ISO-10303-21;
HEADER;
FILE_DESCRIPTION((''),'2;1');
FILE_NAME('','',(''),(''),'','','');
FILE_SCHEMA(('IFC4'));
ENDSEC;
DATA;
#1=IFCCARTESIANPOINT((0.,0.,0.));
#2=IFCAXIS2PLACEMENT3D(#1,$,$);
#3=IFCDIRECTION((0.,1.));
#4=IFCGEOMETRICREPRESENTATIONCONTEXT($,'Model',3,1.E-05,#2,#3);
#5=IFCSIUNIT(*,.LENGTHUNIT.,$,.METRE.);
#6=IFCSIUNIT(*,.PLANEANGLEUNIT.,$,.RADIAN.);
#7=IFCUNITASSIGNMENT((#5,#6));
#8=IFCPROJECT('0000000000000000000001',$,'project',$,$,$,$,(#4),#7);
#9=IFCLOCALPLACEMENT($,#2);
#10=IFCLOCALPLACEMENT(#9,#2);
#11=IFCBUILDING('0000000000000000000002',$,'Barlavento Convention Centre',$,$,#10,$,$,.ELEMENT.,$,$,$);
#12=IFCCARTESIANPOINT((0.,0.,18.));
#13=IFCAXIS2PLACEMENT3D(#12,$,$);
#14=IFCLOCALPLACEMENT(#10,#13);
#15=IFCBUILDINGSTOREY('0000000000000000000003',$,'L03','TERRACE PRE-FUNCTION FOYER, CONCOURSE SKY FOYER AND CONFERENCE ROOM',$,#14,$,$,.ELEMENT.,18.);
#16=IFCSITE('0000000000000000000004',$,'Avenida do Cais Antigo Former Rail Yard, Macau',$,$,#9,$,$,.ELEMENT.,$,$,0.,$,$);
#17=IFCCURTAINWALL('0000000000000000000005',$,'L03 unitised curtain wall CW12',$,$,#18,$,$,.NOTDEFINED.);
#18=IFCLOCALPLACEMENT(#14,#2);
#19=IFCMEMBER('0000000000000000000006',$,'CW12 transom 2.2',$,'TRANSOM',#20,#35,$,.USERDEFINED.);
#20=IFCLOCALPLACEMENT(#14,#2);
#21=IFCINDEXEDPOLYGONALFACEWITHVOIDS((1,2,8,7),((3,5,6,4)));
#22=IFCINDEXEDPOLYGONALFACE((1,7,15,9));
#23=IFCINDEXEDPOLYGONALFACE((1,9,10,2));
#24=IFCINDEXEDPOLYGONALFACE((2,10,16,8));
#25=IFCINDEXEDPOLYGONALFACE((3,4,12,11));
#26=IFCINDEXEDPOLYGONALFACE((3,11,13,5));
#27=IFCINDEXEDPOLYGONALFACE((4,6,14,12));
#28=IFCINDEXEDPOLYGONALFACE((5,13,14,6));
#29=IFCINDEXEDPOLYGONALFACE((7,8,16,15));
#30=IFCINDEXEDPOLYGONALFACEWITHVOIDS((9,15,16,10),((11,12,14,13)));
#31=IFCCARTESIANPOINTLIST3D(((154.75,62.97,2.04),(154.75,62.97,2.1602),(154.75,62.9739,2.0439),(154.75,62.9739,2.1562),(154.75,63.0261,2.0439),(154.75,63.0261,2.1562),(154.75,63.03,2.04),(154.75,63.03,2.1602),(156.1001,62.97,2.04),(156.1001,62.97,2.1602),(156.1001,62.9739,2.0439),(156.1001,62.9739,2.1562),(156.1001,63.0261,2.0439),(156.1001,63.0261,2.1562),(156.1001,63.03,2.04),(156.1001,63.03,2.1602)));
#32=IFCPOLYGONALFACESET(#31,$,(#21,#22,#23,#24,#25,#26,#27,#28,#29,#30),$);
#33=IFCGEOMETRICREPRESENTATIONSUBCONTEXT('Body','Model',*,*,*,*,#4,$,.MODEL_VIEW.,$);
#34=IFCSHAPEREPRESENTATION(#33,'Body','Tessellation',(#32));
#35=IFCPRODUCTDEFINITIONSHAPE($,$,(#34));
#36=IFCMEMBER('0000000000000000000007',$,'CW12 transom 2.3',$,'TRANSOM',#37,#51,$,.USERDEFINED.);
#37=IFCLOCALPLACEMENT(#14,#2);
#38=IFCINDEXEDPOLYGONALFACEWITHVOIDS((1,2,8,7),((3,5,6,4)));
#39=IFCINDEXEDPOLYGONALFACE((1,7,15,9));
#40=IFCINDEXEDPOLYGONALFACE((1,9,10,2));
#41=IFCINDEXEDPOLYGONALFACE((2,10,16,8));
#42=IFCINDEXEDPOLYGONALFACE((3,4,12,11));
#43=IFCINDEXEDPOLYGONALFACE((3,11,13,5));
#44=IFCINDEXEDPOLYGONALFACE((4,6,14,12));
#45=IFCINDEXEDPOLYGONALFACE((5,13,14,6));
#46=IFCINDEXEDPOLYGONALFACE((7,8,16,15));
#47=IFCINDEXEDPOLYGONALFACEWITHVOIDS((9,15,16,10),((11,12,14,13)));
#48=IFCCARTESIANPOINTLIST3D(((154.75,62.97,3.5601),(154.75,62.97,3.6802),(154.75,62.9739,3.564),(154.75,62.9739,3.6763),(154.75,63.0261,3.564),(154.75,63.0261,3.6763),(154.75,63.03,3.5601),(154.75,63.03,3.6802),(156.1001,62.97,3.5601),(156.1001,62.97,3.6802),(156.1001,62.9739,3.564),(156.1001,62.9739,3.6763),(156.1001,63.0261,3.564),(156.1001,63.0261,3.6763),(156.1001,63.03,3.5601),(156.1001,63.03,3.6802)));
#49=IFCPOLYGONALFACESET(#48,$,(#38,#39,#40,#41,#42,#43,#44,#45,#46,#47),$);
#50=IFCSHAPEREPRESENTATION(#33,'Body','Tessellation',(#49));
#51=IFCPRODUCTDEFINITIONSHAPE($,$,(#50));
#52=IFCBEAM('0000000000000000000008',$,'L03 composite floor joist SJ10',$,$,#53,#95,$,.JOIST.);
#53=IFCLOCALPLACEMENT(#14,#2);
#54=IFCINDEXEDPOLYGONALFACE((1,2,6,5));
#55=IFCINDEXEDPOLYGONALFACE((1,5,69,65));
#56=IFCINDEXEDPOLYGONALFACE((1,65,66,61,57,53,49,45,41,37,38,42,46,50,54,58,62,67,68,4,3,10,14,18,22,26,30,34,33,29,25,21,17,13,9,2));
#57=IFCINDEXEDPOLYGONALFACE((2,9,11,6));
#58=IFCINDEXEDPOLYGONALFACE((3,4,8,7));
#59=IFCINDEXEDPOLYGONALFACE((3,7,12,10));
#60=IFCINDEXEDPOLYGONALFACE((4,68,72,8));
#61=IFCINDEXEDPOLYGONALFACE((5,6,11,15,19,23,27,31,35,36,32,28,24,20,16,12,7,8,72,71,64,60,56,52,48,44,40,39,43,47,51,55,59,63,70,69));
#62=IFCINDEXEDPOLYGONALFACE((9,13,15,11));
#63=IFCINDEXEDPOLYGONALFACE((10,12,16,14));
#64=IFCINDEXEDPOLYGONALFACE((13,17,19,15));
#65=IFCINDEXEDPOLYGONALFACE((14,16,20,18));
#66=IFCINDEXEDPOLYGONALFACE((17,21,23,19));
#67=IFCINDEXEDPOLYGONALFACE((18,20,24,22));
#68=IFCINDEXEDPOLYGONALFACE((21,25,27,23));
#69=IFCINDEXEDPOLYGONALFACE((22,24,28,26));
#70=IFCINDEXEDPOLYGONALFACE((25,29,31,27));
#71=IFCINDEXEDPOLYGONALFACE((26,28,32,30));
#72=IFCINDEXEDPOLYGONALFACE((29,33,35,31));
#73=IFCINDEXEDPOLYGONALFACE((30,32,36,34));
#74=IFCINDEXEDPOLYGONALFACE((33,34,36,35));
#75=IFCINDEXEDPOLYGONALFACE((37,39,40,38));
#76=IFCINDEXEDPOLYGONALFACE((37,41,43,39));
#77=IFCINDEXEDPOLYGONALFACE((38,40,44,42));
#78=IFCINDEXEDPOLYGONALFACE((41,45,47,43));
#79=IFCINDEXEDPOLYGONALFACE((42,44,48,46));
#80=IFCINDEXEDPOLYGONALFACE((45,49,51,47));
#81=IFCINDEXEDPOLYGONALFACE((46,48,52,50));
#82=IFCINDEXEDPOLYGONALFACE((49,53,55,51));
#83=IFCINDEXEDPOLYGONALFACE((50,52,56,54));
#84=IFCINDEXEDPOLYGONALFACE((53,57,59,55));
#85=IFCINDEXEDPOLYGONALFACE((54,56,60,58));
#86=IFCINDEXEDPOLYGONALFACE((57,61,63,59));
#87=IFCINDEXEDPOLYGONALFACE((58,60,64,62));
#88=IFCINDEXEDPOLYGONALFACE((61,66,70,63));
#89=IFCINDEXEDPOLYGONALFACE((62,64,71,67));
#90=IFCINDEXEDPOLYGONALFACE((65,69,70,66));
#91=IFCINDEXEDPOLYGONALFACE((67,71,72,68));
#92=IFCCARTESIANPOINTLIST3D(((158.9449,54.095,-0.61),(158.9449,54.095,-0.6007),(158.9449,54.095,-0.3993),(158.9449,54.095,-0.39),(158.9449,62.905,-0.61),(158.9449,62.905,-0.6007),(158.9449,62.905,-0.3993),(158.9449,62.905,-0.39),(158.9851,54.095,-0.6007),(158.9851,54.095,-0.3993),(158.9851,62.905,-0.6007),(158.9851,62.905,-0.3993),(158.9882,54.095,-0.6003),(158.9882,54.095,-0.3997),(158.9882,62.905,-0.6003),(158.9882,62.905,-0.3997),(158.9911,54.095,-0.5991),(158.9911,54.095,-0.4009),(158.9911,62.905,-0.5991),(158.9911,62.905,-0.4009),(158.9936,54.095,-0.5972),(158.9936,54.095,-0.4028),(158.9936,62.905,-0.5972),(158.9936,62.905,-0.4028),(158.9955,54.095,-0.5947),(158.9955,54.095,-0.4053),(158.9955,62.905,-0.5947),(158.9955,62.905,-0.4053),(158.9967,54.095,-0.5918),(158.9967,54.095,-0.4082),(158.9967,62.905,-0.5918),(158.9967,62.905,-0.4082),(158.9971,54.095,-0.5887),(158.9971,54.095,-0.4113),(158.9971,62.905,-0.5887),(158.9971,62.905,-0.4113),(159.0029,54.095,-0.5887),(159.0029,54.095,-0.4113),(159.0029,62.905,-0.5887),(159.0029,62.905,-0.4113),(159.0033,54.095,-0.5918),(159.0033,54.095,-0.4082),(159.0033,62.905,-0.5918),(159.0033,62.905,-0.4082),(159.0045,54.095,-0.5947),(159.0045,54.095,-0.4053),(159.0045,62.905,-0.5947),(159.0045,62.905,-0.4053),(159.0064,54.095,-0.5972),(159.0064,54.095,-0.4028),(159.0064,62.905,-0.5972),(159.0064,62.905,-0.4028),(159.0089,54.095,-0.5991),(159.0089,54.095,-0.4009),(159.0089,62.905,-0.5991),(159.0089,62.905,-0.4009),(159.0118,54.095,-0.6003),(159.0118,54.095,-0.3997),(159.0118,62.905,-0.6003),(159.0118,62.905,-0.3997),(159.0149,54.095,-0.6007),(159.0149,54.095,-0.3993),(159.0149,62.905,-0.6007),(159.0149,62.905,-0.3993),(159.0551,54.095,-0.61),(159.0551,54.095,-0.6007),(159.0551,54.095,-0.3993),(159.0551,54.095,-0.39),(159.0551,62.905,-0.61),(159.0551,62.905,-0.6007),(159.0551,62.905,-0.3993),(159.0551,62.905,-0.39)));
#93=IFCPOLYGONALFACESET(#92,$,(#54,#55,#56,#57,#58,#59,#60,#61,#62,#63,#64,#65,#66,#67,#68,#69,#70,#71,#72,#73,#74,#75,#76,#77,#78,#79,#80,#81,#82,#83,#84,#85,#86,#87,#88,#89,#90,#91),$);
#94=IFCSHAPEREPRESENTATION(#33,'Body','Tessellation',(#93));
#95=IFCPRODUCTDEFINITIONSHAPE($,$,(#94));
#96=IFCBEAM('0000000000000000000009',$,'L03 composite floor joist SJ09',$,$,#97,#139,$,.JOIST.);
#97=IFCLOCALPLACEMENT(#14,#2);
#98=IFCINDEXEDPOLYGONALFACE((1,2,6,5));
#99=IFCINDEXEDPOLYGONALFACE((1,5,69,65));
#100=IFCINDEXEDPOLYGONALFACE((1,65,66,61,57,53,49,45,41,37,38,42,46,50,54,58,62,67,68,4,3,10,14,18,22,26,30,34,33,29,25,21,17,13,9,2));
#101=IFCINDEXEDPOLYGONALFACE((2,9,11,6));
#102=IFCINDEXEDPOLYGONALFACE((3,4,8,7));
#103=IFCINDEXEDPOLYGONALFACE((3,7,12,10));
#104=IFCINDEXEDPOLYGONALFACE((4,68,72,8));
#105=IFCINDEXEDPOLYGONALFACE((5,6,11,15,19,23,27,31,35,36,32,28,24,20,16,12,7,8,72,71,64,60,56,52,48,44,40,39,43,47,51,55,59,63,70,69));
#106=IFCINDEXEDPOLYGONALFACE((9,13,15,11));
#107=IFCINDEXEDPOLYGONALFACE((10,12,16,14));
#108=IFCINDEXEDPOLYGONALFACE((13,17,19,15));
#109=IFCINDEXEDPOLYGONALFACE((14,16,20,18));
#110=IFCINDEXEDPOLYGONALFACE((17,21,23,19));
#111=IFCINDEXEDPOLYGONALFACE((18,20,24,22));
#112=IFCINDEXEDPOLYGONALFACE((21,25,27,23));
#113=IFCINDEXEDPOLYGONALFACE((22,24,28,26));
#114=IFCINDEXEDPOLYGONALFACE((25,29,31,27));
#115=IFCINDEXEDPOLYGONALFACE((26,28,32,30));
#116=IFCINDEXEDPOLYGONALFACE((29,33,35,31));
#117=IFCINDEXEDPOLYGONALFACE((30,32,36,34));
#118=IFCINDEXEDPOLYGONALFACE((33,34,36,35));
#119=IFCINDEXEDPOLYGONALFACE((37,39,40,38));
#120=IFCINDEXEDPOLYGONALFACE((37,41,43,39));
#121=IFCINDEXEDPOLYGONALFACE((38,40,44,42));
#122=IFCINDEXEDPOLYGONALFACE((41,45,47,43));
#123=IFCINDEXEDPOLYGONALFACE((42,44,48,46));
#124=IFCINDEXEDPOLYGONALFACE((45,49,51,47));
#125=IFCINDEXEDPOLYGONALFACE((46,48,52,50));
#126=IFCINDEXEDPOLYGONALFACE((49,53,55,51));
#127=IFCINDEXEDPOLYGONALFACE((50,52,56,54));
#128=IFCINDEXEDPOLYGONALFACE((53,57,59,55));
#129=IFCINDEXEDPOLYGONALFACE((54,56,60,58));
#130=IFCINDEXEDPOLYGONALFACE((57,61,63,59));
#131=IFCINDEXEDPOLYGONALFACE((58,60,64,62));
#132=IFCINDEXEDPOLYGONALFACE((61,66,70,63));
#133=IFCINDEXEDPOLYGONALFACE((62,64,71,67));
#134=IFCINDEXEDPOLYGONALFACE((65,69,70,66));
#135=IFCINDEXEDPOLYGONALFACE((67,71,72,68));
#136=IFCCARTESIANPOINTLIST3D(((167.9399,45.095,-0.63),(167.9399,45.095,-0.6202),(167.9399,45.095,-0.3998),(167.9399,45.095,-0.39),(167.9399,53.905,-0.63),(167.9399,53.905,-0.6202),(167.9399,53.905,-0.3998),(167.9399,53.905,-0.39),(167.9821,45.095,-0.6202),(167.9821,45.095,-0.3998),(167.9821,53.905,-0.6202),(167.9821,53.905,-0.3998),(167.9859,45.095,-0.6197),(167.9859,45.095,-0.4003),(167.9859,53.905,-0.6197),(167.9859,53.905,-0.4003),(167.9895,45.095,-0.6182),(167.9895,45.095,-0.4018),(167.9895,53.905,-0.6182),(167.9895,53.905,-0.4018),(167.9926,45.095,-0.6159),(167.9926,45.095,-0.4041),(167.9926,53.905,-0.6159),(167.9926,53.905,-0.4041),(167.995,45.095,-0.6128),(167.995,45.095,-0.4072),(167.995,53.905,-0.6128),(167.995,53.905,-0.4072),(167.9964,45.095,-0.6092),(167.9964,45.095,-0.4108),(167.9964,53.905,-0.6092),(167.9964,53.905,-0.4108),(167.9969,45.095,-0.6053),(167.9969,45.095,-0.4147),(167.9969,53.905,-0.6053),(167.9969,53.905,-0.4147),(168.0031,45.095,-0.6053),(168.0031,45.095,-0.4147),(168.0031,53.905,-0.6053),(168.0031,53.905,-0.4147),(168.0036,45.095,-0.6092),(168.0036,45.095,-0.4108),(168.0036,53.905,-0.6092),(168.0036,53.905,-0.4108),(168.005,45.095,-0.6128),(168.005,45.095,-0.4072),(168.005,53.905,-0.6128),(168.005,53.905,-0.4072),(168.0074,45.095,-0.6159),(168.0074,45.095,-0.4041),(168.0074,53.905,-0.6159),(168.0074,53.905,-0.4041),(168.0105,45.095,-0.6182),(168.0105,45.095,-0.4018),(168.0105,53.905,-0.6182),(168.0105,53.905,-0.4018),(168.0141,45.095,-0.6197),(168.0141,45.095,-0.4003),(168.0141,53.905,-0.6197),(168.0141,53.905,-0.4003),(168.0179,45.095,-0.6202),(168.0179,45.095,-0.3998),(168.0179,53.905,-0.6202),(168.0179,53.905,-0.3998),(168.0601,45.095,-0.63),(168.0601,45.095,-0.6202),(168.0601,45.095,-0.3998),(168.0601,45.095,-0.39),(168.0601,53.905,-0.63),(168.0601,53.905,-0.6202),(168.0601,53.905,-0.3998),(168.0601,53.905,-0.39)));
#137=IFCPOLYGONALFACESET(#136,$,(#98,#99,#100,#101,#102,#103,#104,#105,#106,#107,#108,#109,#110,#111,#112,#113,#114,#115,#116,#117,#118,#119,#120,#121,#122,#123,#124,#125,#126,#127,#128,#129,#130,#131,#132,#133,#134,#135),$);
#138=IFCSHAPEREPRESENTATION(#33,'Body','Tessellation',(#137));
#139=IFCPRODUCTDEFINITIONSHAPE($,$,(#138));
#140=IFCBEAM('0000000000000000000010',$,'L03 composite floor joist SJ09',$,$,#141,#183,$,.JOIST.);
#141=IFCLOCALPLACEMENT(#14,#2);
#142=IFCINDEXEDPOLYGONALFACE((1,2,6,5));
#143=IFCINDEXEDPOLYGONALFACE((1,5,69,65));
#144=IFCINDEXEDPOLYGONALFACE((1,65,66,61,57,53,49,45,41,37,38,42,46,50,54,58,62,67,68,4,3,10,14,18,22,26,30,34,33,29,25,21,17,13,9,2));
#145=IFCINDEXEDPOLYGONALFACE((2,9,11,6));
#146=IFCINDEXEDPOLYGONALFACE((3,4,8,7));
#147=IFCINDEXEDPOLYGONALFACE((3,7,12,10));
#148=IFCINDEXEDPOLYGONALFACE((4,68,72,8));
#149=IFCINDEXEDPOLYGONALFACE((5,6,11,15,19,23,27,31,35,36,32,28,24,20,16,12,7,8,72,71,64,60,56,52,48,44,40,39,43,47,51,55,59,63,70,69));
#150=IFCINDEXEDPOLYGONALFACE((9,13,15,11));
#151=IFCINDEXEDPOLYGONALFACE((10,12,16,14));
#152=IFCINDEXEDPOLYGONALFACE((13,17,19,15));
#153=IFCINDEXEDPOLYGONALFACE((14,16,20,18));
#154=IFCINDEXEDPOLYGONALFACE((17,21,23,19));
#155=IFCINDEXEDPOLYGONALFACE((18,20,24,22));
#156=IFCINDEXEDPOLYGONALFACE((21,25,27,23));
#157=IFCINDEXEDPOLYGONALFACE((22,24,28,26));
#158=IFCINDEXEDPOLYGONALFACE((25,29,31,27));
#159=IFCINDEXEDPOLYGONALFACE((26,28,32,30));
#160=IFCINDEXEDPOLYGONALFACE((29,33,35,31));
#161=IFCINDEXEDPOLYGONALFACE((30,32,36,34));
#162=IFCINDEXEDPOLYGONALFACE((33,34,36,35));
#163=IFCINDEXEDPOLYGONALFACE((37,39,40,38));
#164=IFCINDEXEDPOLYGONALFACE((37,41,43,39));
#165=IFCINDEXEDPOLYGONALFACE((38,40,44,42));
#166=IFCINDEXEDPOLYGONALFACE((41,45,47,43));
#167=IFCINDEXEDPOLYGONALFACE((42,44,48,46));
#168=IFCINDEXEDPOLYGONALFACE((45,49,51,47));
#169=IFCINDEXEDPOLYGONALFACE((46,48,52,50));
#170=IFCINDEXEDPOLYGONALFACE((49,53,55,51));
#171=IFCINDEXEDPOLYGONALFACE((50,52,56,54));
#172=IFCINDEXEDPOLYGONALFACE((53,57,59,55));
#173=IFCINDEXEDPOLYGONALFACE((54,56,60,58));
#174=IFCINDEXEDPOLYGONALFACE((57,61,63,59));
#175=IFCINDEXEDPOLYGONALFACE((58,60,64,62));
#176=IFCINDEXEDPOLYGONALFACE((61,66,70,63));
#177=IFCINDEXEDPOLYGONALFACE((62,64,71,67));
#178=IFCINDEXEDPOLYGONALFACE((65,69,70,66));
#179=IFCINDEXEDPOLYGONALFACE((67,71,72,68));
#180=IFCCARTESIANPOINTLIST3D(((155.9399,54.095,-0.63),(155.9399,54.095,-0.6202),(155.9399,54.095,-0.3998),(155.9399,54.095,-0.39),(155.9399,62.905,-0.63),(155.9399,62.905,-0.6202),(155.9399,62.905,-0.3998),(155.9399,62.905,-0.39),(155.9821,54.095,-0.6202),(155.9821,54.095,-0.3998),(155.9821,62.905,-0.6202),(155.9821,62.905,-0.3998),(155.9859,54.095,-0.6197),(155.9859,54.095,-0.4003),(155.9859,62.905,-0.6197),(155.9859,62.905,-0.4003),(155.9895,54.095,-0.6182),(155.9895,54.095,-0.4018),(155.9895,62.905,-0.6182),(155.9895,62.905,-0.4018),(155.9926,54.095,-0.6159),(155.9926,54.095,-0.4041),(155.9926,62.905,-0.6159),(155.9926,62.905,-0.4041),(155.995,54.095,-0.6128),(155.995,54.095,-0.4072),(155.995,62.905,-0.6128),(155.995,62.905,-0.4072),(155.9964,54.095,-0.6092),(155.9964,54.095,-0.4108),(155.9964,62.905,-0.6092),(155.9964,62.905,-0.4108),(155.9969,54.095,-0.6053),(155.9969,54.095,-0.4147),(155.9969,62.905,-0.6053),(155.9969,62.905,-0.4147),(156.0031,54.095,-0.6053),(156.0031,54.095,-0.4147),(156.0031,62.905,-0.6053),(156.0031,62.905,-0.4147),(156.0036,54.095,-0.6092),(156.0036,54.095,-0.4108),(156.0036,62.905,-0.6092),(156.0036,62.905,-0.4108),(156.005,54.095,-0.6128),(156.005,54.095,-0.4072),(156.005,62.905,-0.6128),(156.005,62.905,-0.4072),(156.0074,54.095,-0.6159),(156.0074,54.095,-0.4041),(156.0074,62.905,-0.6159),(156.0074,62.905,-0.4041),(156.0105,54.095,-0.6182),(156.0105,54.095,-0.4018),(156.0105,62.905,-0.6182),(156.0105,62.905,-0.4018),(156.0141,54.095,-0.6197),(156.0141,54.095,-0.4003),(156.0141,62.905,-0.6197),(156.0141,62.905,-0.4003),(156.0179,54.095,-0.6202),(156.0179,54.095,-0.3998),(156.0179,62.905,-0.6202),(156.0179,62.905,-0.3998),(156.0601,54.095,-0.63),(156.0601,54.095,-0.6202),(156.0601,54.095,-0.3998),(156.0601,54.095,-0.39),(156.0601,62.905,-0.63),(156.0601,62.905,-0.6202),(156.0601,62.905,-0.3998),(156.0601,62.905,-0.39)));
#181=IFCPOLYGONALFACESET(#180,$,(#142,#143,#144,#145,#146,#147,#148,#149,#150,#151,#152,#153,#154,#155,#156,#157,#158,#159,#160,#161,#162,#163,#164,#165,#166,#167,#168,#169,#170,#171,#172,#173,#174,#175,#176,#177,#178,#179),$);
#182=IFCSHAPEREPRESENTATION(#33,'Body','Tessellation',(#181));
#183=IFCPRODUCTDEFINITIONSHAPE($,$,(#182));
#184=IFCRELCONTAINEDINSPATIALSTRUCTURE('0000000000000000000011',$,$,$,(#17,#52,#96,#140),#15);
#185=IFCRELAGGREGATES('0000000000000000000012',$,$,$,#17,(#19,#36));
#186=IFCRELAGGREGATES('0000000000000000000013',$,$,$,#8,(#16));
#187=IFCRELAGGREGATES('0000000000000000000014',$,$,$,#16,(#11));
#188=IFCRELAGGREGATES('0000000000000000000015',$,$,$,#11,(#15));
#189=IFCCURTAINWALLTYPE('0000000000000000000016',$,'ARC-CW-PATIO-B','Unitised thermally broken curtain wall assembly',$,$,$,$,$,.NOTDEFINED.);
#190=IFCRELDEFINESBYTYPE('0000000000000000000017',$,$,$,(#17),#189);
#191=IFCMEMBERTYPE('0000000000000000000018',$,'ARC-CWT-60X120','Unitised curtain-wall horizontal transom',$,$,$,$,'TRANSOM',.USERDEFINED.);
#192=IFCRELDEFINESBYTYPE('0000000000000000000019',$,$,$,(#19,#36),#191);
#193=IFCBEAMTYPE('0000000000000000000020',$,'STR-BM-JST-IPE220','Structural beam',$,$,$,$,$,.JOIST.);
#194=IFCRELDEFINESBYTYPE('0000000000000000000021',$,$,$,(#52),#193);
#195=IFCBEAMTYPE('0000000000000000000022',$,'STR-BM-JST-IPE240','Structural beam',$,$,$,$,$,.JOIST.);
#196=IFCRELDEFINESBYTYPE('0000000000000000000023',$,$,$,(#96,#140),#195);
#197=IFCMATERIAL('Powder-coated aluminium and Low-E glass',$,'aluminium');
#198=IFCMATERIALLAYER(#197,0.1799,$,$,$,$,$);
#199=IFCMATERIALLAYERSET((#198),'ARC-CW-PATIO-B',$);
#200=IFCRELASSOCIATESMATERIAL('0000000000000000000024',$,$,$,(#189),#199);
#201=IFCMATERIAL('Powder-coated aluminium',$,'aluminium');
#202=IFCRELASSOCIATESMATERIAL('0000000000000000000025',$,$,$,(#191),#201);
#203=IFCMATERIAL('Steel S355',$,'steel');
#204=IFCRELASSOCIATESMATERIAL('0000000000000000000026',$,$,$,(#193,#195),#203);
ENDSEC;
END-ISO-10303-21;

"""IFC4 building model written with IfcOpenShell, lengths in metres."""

from ifc_helpers import new_model, si_unit, direction, frame, origin, origin_2d, place, context, subcontext, project, spatial, hollow_rectangle, i_section, extrude, material, layer, layer_set, material_profile, profile_set, type_object, element, aggregate, save


model = new_model("IFC4")

# Units and contexts
model_context = context("Model", 3, precision=1e-05, world=origin(), true_north=direction((0.0, 1.0)))
body_context = subcontext(model_context, "Body", "Model", "MODEL_VIEW")
ifc_project = project(units=[si_unit("LENGTHUNIT", "METRE"), si_unit("PLANEANGLEUNIT", "RADIAN")], contexts=[model_context])

# Site, building, storey
site_placement = place(None, origin())
site = spatial("IfcSite", under=ifc_project, at=site_placement, Name="Avenida do Cais Antigo Former Rail Yard, Macau", CompositionType="ELEMENT", RefElevation=0.0)
building_placement = place(site_placement, origin())
building = spatial("IfcBuilding", under=site, at=building_placement, Name="Barlavento Convention Centre", CompositionType="ELEMENT")
storey_placement = place(building_placement, frame((0.0, 0.0, 18.0)))
storey = spatial("IfcBuildingStorey", under=building, at=storey_placement, Name="L03", Description="TERRACE PRE-FUNCTION FOYER, CONCOURSE SKY FOYER AND CONFERENCE ROOM", CompositionType="ELEMENT", Elevation=18.0)

# Shared definitions
ifc_material_1 = material(Name="Steel S355", Category="steel")

# Curtain wall, members
ifc_material_2 = material(Name="Powder-coated aluminium and Low-E glass", Category="aluminium")
ifc_layer_1 = layer(ifc_material_2, 0.1799)
ifc_layer_set_1 = layer_set([ifc_layer_1], Name="ARC-CW-PATIO-B")
curtain_wall_type = type_object("IfcCurtainWallType", Name="ARC-CW-PATIO-B", Description="Unitised thermally broken curtain wall assembly", PredefinedType="NOTDEFINED", material=ifc_layer_set_1)
curtain_wall_placement = place(storey_placement, origin())
curtain_wall = element("IfcCurtainWall", 1, at=curtain_wall_placement, inside=storey, type_object=curtain_wall_type, Name="L03 unitised curtain wall CW12", PredefinedType="NOTDEFINED")
ifc_material_3 = material(Name="Powder-coated aluminium", Category="aluminium")
ifc_material_profile_1 = material_profile(ifc_material_3, hollow_rectangle(XDim=0.0601, YDim=0.1201, WallThickness=0.0039, at=origin_2d()), Name="AL-TRAN 60x120x4")
ifc_profile_set_1 = profile_set([ifc_material_profile_1], Name="Powder-coated aluminium")
member_type_1 = type_object("IfcMemberType", Name="ARC-CWT-60X120", Description="Unitised curtain-wall horizontal transom", ElementType="TRANSOM", PredefinedType="USERDEFINED", material=ifc_profile_set_1)
member_1_placement = place(storey_placement, frame((154.75, 63.0, 2.1001), z_axis=(1.0, 0.0, 0.0), x_axis=(0.0, 1.0, 0.0)))
member_1 = element("IfcMember", 2, at=member_1_placement, type_object=member_type_1, Name="CW12 transom 2.2", ObjectType="TRANSOM", PredefinedType="USERDEFINED", context=body_context, shape_type="SweptSolid", body=[
    extrude(hollow_rectangle(XDim=0.0601, YDim=0.1201, WallThickness=0.0039, at=origin_2d()), origin(), (0.0, 0.0, 1.0), 1.3501),
])
member_2_placement = place(storey_placement, frame((154.75, 63.0, 3.6201), z_axis=(1.0, 0.0, 0.0), x_axis=(0.0, 1.0, 0.0)))
member_2 = element("IfcMember", 3, at=member_2_placement, type_object=member_type_1, Name="CW12 transom 2.3", ObjectType="TRANSOM", PredefinedType="USERDEFINED", context=body_context, shape_type="SweptSolid", body=[
    extrude(hollow_rectangle(XDim=0.0601, YDim=0.1201, WallThickness=0.0039, at=origin_2d()), origin(), (0.0, 0.0, 1.0), 1.3501),
])

# Beams
ifc_material_profile_2 = material_profile(ifc_material_1, i_section(OverallWidth=0.1101, OverallDepth=0.22, WebThickness=0.0059, FlangeThickness=0.0093, FilletRadius=0.012, at=origin_2d()), Name="IPE 220")
ifc_profile_set_2 = profile_set([ifc_material_profile_2], Name="Steel S355")
beam_type_1 = type_object("IfcBeamType", Name="STR-BM-JST-IPE220", Description="Structural beam", PredefinedType="JOIST", material=ifc_profile_set_2)
beam_1_placement = place(storey_placement, frame((159.0, 54.095, -0.5), z_axis=(0.0, 1.0, 0.0), x_axis=(-1.0, 0.0, 0.0)))
element("IfcBeam", 4, at=beam_1_placement, inside=storey, type_object=beam_type_1, Name="L03 composite floor joist SJ10", PredefinedType="JOIST", context=body_context, shape_type="SweptSolid", body=[
    extrude(i_section(OverallWidth=0.1101, OverallDepth=0.22, WebThickness=0.0059, FlangeThickness=0.0093, FilletRadius=0.012, at=origin_2d()), origin(), (0.0, 0.0, 1.0), 8.8101),
])
ifc_material_profile_3 = material_profile(ifc_material_1, i_section(OverallWidth=0.1201, OverallDepth=0.24, WebThickness=0.0061, FlangeThickness=0.0098, FilletRadius=0.0149, at=origin_2d()), Name="IPE 240")
ifc_profile_set_3 = profile_set([ifc_material_profile_3], Name="Steel S355")
beam_type_2 = type_object("IfcBeamType", Name="STR-BM-JST-IPE240", Description="Structural beam", PredefinedType="JOIST", material=ifc_profile_set_3)
for number, where, z_axis, x_axis, name in (
    (5, (168.0, 45.095, -0.51), (0.0, 1.0, 0.0), (-1.0, 0.0, 0.0), "L03 composite floor joist SJ09"),
    (6, (156.0, 54.095, -0.51), (0.0, 1.0, 0.0), (-1.0, 0.0, 0.0), "L03 composite floor joist SJ09"),
):
    element("IfcBeam", number, at=place(storey_placement, frame(where, z_axis=z_axis, x_axis=x_axis)), inside=storey, type_object=beam_type_2, Name=name, PredefinedType="JOIST", context=body_context, shape_type="SweptSolid", body=[
        extrude(i_section(OverallWidth=0.1201, OverallDepth=0.24, WebThickness=0.0061, FlangeThickness=0.0098, FilletRadius=0.0149, at=origin_2d()), origin(), (0.0, 0.0, 1.0), 8.8101),
    ])

aggregate(curtain_wall, [member_1, member_2])

save(model, "model.ifc")
